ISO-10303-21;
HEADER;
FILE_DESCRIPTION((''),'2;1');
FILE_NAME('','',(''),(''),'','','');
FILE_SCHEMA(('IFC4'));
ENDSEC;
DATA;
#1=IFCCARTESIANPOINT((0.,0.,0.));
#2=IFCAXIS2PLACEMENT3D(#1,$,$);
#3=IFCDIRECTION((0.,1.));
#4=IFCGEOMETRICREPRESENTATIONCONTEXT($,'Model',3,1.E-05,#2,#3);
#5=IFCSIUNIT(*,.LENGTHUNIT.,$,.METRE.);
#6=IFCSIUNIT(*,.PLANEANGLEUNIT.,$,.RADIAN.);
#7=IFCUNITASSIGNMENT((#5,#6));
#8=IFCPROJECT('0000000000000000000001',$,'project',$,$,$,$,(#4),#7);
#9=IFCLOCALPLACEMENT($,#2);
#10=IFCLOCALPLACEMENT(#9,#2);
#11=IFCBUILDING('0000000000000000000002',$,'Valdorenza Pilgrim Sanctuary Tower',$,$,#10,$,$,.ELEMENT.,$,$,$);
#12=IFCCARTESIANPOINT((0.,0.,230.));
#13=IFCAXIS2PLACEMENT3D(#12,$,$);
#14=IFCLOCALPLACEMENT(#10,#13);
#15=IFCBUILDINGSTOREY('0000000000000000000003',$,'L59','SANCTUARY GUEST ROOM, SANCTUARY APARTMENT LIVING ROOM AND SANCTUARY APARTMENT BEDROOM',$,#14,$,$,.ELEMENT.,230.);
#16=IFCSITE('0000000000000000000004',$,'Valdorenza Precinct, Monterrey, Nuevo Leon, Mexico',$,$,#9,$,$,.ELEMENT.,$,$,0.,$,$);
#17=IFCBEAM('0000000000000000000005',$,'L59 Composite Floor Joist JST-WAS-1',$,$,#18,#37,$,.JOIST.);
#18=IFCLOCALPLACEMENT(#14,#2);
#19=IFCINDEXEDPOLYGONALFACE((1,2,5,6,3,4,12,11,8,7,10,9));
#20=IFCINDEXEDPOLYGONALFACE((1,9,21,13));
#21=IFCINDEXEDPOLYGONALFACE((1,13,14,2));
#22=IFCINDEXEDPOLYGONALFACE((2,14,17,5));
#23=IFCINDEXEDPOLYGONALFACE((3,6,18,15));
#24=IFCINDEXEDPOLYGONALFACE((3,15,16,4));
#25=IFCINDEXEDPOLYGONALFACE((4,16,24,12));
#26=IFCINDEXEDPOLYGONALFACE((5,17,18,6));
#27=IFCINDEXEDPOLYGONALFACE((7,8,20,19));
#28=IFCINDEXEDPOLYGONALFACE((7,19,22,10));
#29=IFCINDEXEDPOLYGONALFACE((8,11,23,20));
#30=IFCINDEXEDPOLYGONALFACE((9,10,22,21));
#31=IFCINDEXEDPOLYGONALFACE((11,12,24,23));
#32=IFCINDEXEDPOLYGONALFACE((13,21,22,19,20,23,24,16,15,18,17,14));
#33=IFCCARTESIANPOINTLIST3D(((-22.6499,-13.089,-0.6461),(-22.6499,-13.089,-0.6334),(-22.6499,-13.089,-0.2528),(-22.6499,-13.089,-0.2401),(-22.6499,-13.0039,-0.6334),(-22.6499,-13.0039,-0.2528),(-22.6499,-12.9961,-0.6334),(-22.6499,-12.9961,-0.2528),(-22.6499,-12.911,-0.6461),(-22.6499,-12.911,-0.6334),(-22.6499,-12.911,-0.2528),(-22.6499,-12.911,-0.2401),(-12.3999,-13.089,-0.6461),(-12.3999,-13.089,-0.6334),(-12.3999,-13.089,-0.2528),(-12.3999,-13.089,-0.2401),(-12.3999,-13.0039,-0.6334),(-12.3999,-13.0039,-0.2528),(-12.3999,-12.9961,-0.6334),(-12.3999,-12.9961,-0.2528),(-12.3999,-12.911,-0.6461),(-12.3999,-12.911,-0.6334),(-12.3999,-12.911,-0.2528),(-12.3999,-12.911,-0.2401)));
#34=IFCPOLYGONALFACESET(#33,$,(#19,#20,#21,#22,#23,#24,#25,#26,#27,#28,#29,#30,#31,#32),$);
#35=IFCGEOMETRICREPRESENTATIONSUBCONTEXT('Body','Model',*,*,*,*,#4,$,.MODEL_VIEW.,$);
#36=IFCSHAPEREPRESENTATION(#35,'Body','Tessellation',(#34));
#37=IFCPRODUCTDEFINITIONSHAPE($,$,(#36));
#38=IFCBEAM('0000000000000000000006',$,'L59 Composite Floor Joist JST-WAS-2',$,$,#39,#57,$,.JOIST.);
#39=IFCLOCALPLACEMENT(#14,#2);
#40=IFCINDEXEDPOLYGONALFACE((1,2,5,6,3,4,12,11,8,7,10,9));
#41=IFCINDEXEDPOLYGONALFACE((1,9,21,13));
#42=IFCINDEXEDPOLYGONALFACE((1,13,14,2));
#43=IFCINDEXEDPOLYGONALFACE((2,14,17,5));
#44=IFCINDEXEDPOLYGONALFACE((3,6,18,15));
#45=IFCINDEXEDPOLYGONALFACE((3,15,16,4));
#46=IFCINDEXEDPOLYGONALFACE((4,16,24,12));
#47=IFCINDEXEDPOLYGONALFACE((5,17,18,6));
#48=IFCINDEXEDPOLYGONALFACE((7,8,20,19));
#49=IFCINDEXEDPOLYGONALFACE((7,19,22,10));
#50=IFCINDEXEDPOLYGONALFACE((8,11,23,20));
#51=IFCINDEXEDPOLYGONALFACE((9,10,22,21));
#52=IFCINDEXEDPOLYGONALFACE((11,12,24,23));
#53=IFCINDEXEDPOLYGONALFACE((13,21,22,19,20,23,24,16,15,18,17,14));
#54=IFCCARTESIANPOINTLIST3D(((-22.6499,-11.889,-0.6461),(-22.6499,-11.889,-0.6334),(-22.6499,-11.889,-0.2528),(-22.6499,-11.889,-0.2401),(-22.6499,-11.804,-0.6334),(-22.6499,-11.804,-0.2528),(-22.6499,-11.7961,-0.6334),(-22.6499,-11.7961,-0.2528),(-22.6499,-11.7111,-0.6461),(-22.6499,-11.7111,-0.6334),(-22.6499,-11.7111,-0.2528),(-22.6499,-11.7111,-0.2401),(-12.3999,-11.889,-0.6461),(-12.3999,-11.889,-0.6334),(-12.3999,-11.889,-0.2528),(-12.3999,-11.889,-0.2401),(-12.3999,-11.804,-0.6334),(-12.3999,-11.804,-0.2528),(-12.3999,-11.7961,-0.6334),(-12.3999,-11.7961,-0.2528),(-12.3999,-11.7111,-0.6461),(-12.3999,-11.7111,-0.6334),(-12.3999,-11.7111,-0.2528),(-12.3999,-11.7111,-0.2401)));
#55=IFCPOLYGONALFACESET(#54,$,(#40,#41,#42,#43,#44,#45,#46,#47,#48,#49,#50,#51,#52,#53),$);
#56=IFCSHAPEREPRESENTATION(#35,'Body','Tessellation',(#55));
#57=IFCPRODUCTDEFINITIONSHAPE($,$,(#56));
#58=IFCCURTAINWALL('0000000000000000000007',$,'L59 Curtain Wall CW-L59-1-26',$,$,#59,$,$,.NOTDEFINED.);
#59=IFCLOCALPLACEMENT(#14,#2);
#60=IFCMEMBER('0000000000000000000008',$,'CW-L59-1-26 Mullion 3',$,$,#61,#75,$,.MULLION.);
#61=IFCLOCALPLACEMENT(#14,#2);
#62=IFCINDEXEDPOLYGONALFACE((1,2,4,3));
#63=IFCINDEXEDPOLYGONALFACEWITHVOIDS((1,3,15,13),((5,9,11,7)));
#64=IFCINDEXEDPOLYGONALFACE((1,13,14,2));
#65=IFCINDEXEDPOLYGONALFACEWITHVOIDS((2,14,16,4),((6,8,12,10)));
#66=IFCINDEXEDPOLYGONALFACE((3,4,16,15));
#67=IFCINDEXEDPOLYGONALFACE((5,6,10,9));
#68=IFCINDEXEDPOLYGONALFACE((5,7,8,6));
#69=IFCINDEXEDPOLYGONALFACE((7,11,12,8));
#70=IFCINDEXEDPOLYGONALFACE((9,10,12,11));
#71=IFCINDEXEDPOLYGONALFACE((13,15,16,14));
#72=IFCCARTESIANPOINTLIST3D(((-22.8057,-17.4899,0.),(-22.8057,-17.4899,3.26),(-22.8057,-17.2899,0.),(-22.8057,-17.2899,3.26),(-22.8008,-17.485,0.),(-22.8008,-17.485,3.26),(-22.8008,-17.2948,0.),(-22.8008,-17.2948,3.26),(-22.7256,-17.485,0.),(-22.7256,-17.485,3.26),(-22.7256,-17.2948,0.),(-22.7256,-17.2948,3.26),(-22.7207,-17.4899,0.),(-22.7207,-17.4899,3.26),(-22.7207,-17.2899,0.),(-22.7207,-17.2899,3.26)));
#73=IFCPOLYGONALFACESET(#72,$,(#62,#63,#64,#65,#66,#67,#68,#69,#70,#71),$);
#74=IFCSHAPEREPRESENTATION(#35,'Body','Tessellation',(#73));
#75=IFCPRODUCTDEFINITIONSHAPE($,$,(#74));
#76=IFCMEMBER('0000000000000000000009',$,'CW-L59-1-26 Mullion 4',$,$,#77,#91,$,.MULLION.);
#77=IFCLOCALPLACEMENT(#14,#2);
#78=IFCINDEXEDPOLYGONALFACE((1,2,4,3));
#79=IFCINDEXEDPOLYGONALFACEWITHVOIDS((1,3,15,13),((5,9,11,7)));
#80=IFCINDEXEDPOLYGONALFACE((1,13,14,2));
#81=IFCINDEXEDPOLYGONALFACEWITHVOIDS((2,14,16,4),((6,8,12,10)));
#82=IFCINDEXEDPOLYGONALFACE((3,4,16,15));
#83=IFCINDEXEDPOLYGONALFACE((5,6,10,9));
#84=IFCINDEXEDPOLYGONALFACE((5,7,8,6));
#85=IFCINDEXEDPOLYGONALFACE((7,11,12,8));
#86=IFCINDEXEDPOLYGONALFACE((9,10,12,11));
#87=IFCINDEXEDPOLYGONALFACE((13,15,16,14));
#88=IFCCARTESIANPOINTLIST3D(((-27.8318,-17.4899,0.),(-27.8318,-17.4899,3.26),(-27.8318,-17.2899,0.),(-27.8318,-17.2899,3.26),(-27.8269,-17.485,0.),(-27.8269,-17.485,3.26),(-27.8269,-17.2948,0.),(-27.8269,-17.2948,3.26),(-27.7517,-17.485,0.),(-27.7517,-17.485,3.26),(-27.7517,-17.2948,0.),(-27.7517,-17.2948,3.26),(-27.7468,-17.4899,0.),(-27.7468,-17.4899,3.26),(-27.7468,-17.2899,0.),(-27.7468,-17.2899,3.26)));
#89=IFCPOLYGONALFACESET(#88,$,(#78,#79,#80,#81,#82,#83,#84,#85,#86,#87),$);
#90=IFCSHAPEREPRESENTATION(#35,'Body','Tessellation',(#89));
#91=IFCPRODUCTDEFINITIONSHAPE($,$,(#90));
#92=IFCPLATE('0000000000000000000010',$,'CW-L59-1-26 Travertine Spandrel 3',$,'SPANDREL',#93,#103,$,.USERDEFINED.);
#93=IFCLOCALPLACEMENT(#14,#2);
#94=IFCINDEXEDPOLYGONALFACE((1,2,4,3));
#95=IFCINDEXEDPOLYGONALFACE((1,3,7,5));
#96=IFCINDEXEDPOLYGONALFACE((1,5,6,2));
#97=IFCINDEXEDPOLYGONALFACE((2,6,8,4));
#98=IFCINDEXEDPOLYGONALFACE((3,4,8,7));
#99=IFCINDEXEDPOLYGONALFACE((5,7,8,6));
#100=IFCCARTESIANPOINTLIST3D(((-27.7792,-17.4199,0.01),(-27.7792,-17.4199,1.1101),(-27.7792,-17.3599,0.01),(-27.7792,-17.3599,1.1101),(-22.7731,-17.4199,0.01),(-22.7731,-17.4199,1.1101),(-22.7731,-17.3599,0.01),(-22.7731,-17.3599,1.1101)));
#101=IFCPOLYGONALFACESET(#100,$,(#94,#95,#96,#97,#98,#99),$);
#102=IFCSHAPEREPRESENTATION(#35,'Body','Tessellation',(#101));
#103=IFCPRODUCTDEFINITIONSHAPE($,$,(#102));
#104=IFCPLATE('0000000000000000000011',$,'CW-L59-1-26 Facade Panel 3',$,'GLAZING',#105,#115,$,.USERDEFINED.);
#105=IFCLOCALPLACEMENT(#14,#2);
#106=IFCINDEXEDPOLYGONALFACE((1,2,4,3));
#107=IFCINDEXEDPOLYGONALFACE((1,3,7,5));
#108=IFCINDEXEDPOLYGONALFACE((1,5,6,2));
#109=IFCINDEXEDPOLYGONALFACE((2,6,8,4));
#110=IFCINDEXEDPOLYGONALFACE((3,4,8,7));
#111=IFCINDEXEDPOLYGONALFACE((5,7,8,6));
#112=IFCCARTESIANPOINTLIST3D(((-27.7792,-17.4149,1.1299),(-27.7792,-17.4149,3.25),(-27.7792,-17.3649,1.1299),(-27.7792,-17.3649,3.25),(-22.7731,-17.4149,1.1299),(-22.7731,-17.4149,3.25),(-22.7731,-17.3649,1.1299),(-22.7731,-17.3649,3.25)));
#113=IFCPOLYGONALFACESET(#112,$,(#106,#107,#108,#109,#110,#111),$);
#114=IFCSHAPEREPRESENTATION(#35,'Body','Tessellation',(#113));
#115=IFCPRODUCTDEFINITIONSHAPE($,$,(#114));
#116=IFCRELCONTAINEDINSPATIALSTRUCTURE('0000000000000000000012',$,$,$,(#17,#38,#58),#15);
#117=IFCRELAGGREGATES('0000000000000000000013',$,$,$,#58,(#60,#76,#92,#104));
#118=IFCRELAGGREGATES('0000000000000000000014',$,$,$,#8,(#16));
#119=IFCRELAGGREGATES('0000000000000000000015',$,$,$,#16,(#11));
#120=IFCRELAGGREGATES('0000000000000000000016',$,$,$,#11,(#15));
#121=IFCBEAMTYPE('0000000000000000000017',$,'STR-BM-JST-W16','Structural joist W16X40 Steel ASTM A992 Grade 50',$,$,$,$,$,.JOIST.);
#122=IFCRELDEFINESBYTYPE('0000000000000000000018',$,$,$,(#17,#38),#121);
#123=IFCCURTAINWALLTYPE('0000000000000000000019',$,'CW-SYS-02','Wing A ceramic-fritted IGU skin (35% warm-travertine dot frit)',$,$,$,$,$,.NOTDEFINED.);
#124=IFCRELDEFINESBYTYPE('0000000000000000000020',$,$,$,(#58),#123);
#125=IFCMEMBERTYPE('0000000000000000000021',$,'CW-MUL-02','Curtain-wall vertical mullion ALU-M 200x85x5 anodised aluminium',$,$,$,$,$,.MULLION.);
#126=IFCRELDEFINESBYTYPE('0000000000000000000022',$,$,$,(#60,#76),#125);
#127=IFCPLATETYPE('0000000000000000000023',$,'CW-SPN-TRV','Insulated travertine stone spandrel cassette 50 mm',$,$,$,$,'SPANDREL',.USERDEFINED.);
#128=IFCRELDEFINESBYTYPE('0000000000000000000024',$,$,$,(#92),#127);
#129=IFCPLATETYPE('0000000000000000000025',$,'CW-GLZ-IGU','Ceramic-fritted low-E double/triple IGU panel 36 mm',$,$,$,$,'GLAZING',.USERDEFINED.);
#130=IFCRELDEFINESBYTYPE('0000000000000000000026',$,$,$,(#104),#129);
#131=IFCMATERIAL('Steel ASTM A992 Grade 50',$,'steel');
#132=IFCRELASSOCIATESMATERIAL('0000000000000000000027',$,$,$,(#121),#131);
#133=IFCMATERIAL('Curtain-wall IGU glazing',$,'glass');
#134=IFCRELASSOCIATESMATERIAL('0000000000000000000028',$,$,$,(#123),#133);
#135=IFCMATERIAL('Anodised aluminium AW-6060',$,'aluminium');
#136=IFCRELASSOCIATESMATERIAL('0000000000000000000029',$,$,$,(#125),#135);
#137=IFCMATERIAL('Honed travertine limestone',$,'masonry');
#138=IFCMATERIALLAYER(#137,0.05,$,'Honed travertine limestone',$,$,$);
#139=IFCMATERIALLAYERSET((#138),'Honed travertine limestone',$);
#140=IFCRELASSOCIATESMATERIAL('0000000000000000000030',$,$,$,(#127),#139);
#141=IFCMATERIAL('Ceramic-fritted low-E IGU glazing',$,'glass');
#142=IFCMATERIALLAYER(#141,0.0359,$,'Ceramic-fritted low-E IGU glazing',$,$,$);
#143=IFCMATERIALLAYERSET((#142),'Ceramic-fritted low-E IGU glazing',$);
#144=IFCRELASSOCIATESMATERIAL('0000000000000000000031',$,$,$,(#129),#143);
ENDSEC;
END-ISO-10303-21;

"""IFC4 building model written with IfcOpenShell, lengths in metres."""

from ifc_helpers import new_model, si_unit, direction, frame, origin, origin_2d, place, context, subcontext, project, spatial, rectangle, hollow_rectangle, i_section, extrude, source, transform, mapped, material, layer, layer_set, material_profile, profile_set, type_object, element, aggregate, save


model = new_model("IFC4")

# Units and contexts
model_context = context("Model", 3, precision=1e-05, world=origin(), true_north=direction((0.0, 1.0)))
body_context = subcontext(model_context, "Body", "Model", "MODEL_VIEW")
ifc_project = project(units=[si_unit("LENGTHUNIT", "METRE"), si_unit("PLANEANGLEUNIT", "RADIAN")], contexts=[model_context])

# Site, building, storey
site_placement = place(None, origin())
site = spatial("IfcSite", under=ifc_project, at=site_placement, Name="Valdorenza Precinct, Monterrey, Nuevo Leon, Mexico", CompositionType="ELEMENT", RefElevation=0.0)
building_placement = place(site_placement, origin())
building = spatial("IfcBuilding", under=site, at=building_placement, Name="Valdorenza Pilgrim Sanctuary Tower", CompositionType="ELEMENT")
storey_placement = place(building_placement, frame((0.0, 0.0, 230.0)))
storey = spatial("IfcBuildingStorey", under=building, at=storey_placement, Name="L59", Description="SANCTUARY GUEST ROOM, SANCTUARY APARTMENT LIVING ROOM AND SANCTUARY APARTMENT BEDROOM", CompositionType="ELEMENT", Elevation=230.0)

# Shared definitions
ifc_material_1 = material(Name="Steel ASTM A992 Grade 50", Category="steel")

# Beams
ifc_material_profile_1 = material_profile(ifc_material_1, i_section(OverallWidth=0.178, OverallDepth=0.406, WebThickness=0.0078, FlangeThickness=0.0127, at=origin_2d()), Name="W16X40")
ifc_profile_set_1 = profile_set([ifc_material_profile_1], Name="Steel ASTM A992 Grade 50")
beam_type_1 = type_object("IfcBeamType", Name="STR-BM-JST-W16", Description="Structural joist W16X40 Steel ASTM A992 Grade 50", PredefinedType="JOIST", material=ifc_profile_set_1)
shared_shape_1 = source(origin(), body_context, "Body", "SweptSolid", [
    extrude(i_section(OverallWidth=0.178, OverallDepth=0.406, WebThickness=0.0078, FlangeThickness=0.0127, at=origin_2d()), origin(), (0.0, 0.0, 1.0), 10.25),
])
for number, where, z_axis, x_axis, name in (
    (1, (-22.6499, -13.0, -0.4431), (1.0, 0.0, 0.0), (0.0, 1.0, 0.0), "L59 Composite Floor Joist JST-WAS-1"),
    (2, (-22.6499, -11.8, -0.4431), (1.0, 0.0, 0.0), (0.0, 1.0, 0.0), "L59 Composite Floor Joist JST-WAS-2"),
):
    element("IfcBeam", number, at=place(storey_placement, frame(where, z_axis=z_axis, x_axis=x_axis)), inside=storey, type_object=beam_type_1, Name=name, PredefinedType="JOIST", context=body_context, shape_type="MappedRepresentation", body=[
        mapped(shared_shape_1, transform((0.0, 0.0, 0.0), x_axis=(1.0, 0.0, 0.0), y_axis=(0.0, 1.0, 0.0), z_axis=(0.0, 0.0, 1.0), scale=1.0)),
    ])

# Curtain wall, members, plates
ifc_material_2 = material(Name="Curtain-wall IGU glazing", Category="glass")
curtain_wall_type = type_object("IfcCurtainWallType", Name="CW-SYS-02", Description="Wing A ceramic-fritted IGU skin (35% warm-travertine dot frit)", PredefinedType="NOTDEFINED", material=ifc_material_2)
curtain_wall_placement = place(storey_placement, origin())
curtain_wall = element("IfcCurtainWall", 3, at=curtain_wall_placement, inside=storey, type_object=curtain_wall_type, Name="L59 Curtain Wall CW-L59-1-26", PredefinedType="NOTDEFINED")
ifc_material_3 = material(Name="Anodised aluminium AW-6060", Category="aluminium")
ifc_material_profile_2 = material_profile(ifc_material_3, hollow_rectangle(XDim=0.085, YDim=0.2, WallThickness=0.0049, at=origin_2d()), Name="ALU-M 200x85x5")
ifc_profile_set_2 = profile_set([ifc_material_profile_2], Name="Anodised aluminium AW-6060")
member_type = type_object("IfcMemberType", Name="CW-MUL-02", Description="Curtain-wall vertical mullion ALU-M 200x85x5 anodised aluminium", PredefinedType="MULLION", material=ifc_profile_set_2)
shared_shape_2 = source(origin(), body_context, "Body", "SweptSolid", [
    extrude(hollow_rectangle(XDim=0.085, YDim=0.2, WallThickness=0.0049, at=origin_2d()), origin(), (0.0, 0.0, 1.0), 3.26),
])
member_1_placement = place(storey_placement, frame((-22.7632, -17.3899, 0.0), z_axis=(0.0, 0.0, 1.0), x_axis=(-1.0, 0.0, 0.0)))
member_1 = element("IfcMember", 4, at=member_1_placement, type_object=member_type, Name="CW-L59-1-26 Mullion 3", PredefinedType="MULLION", context=body_context, shape_type="MappedRepresentation", body=[
    mapped(shared_shape_2, transform((0.0, 0.0, 0.0), x_axis=(1.0, 0.0, 0.0), y_axis=(0.0, 1.0, 0.0), z_axis=(0.0, 0.0, 1.0), scale=1.0)),
])
member_2_placement = place(storey_placement, frame((-27.7893, -17.3899, 0.0), z_axis=(0.0, 0.0, 1.0), x_axis=(-1.0, 0.0, 0.0)))
member_2 = element("IfcMember", 5, at=member_2_placement, type_object=member_type, Name="CW-L59-1-26 Mullion 4", PredefinedType="MULLION", context=body_context, shape_type="MappedRepresentation", body=[
    mapped(shared_shape_2, transform((0.0, 0.0, 0.0), x_axis=(1.0, 0.0, 0.0), y_axis=(0.0, 1.0, 0.0), z_axis=(0.0, 0.0, 1.0), scale=1.0)),
])
ifc_material_4 = material(Name="Honed travertine limestone", Category="masonry")
ifc_layer_1 = layer(ifc_material_4, 0.05, Name="Honed travertine limestone")
ifc_layer_set_1 = layer_set([ifc_layer_1], Name="Honed travertine limestone")
plate_type_1 = type_object("IfcPlateType", Name="CW-SPN-TRV", Description="Insulated travertine stone spandrel cassette 50 mm", ElementType="SPANDREL", PredefinedType="USERDEFINED", material=ifc_layer_set_1)
shared_shape_3 = source(origin(), body_context, "Body", "SweptSolid", [
    extrude(rectangle(XDim=5.0061, YDim=0.0601, at=origin_2d()), origin(), (0.0, 0.0, 1.0), 1.1001),
])
plate_1_placement = place(storey_placement, frame((-25.2761, -17.3899, 0.01), z_axis=(0.0, 0.0, 1.0), x_axis=(-1.0, 0.0, 0.0)))
plate_1 = element("IfcPlate", 6, at=plate_1_placement, type_object=plate_type_1, Name="CW-L59-1-26 Travertine Spandrel 3", ObjectType="SPANDREL", PredefinedType="USERDEFINED", context=body_context, shape_type="MappedRepresentation", body=[
    mapped(shared_shape_3, transform((0.0, 0.0, 0.0), x_axis=(1.0, 0.0, 0.0), y_axis=(0.0, 1.0, 0.0), z_axis=(0.0, 0.0, 1.0), scale=1.0)),
])
ifc_material_5 = material(Name="Ceramic-fritted low-E IGU glazing", Category="glass")
ifc_layer_2 = layer(ifc_material_5, 0.0359, Name="Ceramic-fritted low-E IGU glazing")
ifc_layer_set_2 = layer_set([ifc_layer_2], Name="Ceramic-fritted low-E IGU glazing")
plate_type_2 = type_object("IfcPlateType", Name="CW-GLZ-IGU", Description="Ceramic-fritted low-E double/triple IGU panel 36 mm", ElementType="GLAZING", PredefinedType="USERDEFINED", material=ifc_layer_set_2)
shared_shape_4 = source(origin(), body_context, "Body", "SweptSolid", [
    extrude(rectangle(XDim=5.0061, YDim=0.05, at=origin_2d()), origin(), (0.0, 0.0, 1.0), 2.1201),
])
plate_2_placement = place(storey_placement, frame((-25.2761, -17.3899, 1.1299), z_axis=(0.0, 0.0, 1.0), x_axis=(-1.0, 0.0, 0.0)))
plate_2 = element("IfcPlate", 7, at=plate_2_placement, type_object=plate_type_2, Name="CW-L59-1-26 Facade Panel 3", ObjectType="GLAZING", PredefinedType="USERDEFINED", context=body_context, shape_type="MappedRepresentation", body=[
    mapped(shared_shape_4, transform((0.0, 0.0, 0.0), x_axis=(1.0, 0.0, 0.0), y_axis=(0.0, 1.0, 0.0), z_axis=(0.0, 0.0, 1.0), scale=1.0)),
])
aggregate(curtain_wall, [member_1, member_2, plate_1, plate_2])

save(model, "model.ifc")
